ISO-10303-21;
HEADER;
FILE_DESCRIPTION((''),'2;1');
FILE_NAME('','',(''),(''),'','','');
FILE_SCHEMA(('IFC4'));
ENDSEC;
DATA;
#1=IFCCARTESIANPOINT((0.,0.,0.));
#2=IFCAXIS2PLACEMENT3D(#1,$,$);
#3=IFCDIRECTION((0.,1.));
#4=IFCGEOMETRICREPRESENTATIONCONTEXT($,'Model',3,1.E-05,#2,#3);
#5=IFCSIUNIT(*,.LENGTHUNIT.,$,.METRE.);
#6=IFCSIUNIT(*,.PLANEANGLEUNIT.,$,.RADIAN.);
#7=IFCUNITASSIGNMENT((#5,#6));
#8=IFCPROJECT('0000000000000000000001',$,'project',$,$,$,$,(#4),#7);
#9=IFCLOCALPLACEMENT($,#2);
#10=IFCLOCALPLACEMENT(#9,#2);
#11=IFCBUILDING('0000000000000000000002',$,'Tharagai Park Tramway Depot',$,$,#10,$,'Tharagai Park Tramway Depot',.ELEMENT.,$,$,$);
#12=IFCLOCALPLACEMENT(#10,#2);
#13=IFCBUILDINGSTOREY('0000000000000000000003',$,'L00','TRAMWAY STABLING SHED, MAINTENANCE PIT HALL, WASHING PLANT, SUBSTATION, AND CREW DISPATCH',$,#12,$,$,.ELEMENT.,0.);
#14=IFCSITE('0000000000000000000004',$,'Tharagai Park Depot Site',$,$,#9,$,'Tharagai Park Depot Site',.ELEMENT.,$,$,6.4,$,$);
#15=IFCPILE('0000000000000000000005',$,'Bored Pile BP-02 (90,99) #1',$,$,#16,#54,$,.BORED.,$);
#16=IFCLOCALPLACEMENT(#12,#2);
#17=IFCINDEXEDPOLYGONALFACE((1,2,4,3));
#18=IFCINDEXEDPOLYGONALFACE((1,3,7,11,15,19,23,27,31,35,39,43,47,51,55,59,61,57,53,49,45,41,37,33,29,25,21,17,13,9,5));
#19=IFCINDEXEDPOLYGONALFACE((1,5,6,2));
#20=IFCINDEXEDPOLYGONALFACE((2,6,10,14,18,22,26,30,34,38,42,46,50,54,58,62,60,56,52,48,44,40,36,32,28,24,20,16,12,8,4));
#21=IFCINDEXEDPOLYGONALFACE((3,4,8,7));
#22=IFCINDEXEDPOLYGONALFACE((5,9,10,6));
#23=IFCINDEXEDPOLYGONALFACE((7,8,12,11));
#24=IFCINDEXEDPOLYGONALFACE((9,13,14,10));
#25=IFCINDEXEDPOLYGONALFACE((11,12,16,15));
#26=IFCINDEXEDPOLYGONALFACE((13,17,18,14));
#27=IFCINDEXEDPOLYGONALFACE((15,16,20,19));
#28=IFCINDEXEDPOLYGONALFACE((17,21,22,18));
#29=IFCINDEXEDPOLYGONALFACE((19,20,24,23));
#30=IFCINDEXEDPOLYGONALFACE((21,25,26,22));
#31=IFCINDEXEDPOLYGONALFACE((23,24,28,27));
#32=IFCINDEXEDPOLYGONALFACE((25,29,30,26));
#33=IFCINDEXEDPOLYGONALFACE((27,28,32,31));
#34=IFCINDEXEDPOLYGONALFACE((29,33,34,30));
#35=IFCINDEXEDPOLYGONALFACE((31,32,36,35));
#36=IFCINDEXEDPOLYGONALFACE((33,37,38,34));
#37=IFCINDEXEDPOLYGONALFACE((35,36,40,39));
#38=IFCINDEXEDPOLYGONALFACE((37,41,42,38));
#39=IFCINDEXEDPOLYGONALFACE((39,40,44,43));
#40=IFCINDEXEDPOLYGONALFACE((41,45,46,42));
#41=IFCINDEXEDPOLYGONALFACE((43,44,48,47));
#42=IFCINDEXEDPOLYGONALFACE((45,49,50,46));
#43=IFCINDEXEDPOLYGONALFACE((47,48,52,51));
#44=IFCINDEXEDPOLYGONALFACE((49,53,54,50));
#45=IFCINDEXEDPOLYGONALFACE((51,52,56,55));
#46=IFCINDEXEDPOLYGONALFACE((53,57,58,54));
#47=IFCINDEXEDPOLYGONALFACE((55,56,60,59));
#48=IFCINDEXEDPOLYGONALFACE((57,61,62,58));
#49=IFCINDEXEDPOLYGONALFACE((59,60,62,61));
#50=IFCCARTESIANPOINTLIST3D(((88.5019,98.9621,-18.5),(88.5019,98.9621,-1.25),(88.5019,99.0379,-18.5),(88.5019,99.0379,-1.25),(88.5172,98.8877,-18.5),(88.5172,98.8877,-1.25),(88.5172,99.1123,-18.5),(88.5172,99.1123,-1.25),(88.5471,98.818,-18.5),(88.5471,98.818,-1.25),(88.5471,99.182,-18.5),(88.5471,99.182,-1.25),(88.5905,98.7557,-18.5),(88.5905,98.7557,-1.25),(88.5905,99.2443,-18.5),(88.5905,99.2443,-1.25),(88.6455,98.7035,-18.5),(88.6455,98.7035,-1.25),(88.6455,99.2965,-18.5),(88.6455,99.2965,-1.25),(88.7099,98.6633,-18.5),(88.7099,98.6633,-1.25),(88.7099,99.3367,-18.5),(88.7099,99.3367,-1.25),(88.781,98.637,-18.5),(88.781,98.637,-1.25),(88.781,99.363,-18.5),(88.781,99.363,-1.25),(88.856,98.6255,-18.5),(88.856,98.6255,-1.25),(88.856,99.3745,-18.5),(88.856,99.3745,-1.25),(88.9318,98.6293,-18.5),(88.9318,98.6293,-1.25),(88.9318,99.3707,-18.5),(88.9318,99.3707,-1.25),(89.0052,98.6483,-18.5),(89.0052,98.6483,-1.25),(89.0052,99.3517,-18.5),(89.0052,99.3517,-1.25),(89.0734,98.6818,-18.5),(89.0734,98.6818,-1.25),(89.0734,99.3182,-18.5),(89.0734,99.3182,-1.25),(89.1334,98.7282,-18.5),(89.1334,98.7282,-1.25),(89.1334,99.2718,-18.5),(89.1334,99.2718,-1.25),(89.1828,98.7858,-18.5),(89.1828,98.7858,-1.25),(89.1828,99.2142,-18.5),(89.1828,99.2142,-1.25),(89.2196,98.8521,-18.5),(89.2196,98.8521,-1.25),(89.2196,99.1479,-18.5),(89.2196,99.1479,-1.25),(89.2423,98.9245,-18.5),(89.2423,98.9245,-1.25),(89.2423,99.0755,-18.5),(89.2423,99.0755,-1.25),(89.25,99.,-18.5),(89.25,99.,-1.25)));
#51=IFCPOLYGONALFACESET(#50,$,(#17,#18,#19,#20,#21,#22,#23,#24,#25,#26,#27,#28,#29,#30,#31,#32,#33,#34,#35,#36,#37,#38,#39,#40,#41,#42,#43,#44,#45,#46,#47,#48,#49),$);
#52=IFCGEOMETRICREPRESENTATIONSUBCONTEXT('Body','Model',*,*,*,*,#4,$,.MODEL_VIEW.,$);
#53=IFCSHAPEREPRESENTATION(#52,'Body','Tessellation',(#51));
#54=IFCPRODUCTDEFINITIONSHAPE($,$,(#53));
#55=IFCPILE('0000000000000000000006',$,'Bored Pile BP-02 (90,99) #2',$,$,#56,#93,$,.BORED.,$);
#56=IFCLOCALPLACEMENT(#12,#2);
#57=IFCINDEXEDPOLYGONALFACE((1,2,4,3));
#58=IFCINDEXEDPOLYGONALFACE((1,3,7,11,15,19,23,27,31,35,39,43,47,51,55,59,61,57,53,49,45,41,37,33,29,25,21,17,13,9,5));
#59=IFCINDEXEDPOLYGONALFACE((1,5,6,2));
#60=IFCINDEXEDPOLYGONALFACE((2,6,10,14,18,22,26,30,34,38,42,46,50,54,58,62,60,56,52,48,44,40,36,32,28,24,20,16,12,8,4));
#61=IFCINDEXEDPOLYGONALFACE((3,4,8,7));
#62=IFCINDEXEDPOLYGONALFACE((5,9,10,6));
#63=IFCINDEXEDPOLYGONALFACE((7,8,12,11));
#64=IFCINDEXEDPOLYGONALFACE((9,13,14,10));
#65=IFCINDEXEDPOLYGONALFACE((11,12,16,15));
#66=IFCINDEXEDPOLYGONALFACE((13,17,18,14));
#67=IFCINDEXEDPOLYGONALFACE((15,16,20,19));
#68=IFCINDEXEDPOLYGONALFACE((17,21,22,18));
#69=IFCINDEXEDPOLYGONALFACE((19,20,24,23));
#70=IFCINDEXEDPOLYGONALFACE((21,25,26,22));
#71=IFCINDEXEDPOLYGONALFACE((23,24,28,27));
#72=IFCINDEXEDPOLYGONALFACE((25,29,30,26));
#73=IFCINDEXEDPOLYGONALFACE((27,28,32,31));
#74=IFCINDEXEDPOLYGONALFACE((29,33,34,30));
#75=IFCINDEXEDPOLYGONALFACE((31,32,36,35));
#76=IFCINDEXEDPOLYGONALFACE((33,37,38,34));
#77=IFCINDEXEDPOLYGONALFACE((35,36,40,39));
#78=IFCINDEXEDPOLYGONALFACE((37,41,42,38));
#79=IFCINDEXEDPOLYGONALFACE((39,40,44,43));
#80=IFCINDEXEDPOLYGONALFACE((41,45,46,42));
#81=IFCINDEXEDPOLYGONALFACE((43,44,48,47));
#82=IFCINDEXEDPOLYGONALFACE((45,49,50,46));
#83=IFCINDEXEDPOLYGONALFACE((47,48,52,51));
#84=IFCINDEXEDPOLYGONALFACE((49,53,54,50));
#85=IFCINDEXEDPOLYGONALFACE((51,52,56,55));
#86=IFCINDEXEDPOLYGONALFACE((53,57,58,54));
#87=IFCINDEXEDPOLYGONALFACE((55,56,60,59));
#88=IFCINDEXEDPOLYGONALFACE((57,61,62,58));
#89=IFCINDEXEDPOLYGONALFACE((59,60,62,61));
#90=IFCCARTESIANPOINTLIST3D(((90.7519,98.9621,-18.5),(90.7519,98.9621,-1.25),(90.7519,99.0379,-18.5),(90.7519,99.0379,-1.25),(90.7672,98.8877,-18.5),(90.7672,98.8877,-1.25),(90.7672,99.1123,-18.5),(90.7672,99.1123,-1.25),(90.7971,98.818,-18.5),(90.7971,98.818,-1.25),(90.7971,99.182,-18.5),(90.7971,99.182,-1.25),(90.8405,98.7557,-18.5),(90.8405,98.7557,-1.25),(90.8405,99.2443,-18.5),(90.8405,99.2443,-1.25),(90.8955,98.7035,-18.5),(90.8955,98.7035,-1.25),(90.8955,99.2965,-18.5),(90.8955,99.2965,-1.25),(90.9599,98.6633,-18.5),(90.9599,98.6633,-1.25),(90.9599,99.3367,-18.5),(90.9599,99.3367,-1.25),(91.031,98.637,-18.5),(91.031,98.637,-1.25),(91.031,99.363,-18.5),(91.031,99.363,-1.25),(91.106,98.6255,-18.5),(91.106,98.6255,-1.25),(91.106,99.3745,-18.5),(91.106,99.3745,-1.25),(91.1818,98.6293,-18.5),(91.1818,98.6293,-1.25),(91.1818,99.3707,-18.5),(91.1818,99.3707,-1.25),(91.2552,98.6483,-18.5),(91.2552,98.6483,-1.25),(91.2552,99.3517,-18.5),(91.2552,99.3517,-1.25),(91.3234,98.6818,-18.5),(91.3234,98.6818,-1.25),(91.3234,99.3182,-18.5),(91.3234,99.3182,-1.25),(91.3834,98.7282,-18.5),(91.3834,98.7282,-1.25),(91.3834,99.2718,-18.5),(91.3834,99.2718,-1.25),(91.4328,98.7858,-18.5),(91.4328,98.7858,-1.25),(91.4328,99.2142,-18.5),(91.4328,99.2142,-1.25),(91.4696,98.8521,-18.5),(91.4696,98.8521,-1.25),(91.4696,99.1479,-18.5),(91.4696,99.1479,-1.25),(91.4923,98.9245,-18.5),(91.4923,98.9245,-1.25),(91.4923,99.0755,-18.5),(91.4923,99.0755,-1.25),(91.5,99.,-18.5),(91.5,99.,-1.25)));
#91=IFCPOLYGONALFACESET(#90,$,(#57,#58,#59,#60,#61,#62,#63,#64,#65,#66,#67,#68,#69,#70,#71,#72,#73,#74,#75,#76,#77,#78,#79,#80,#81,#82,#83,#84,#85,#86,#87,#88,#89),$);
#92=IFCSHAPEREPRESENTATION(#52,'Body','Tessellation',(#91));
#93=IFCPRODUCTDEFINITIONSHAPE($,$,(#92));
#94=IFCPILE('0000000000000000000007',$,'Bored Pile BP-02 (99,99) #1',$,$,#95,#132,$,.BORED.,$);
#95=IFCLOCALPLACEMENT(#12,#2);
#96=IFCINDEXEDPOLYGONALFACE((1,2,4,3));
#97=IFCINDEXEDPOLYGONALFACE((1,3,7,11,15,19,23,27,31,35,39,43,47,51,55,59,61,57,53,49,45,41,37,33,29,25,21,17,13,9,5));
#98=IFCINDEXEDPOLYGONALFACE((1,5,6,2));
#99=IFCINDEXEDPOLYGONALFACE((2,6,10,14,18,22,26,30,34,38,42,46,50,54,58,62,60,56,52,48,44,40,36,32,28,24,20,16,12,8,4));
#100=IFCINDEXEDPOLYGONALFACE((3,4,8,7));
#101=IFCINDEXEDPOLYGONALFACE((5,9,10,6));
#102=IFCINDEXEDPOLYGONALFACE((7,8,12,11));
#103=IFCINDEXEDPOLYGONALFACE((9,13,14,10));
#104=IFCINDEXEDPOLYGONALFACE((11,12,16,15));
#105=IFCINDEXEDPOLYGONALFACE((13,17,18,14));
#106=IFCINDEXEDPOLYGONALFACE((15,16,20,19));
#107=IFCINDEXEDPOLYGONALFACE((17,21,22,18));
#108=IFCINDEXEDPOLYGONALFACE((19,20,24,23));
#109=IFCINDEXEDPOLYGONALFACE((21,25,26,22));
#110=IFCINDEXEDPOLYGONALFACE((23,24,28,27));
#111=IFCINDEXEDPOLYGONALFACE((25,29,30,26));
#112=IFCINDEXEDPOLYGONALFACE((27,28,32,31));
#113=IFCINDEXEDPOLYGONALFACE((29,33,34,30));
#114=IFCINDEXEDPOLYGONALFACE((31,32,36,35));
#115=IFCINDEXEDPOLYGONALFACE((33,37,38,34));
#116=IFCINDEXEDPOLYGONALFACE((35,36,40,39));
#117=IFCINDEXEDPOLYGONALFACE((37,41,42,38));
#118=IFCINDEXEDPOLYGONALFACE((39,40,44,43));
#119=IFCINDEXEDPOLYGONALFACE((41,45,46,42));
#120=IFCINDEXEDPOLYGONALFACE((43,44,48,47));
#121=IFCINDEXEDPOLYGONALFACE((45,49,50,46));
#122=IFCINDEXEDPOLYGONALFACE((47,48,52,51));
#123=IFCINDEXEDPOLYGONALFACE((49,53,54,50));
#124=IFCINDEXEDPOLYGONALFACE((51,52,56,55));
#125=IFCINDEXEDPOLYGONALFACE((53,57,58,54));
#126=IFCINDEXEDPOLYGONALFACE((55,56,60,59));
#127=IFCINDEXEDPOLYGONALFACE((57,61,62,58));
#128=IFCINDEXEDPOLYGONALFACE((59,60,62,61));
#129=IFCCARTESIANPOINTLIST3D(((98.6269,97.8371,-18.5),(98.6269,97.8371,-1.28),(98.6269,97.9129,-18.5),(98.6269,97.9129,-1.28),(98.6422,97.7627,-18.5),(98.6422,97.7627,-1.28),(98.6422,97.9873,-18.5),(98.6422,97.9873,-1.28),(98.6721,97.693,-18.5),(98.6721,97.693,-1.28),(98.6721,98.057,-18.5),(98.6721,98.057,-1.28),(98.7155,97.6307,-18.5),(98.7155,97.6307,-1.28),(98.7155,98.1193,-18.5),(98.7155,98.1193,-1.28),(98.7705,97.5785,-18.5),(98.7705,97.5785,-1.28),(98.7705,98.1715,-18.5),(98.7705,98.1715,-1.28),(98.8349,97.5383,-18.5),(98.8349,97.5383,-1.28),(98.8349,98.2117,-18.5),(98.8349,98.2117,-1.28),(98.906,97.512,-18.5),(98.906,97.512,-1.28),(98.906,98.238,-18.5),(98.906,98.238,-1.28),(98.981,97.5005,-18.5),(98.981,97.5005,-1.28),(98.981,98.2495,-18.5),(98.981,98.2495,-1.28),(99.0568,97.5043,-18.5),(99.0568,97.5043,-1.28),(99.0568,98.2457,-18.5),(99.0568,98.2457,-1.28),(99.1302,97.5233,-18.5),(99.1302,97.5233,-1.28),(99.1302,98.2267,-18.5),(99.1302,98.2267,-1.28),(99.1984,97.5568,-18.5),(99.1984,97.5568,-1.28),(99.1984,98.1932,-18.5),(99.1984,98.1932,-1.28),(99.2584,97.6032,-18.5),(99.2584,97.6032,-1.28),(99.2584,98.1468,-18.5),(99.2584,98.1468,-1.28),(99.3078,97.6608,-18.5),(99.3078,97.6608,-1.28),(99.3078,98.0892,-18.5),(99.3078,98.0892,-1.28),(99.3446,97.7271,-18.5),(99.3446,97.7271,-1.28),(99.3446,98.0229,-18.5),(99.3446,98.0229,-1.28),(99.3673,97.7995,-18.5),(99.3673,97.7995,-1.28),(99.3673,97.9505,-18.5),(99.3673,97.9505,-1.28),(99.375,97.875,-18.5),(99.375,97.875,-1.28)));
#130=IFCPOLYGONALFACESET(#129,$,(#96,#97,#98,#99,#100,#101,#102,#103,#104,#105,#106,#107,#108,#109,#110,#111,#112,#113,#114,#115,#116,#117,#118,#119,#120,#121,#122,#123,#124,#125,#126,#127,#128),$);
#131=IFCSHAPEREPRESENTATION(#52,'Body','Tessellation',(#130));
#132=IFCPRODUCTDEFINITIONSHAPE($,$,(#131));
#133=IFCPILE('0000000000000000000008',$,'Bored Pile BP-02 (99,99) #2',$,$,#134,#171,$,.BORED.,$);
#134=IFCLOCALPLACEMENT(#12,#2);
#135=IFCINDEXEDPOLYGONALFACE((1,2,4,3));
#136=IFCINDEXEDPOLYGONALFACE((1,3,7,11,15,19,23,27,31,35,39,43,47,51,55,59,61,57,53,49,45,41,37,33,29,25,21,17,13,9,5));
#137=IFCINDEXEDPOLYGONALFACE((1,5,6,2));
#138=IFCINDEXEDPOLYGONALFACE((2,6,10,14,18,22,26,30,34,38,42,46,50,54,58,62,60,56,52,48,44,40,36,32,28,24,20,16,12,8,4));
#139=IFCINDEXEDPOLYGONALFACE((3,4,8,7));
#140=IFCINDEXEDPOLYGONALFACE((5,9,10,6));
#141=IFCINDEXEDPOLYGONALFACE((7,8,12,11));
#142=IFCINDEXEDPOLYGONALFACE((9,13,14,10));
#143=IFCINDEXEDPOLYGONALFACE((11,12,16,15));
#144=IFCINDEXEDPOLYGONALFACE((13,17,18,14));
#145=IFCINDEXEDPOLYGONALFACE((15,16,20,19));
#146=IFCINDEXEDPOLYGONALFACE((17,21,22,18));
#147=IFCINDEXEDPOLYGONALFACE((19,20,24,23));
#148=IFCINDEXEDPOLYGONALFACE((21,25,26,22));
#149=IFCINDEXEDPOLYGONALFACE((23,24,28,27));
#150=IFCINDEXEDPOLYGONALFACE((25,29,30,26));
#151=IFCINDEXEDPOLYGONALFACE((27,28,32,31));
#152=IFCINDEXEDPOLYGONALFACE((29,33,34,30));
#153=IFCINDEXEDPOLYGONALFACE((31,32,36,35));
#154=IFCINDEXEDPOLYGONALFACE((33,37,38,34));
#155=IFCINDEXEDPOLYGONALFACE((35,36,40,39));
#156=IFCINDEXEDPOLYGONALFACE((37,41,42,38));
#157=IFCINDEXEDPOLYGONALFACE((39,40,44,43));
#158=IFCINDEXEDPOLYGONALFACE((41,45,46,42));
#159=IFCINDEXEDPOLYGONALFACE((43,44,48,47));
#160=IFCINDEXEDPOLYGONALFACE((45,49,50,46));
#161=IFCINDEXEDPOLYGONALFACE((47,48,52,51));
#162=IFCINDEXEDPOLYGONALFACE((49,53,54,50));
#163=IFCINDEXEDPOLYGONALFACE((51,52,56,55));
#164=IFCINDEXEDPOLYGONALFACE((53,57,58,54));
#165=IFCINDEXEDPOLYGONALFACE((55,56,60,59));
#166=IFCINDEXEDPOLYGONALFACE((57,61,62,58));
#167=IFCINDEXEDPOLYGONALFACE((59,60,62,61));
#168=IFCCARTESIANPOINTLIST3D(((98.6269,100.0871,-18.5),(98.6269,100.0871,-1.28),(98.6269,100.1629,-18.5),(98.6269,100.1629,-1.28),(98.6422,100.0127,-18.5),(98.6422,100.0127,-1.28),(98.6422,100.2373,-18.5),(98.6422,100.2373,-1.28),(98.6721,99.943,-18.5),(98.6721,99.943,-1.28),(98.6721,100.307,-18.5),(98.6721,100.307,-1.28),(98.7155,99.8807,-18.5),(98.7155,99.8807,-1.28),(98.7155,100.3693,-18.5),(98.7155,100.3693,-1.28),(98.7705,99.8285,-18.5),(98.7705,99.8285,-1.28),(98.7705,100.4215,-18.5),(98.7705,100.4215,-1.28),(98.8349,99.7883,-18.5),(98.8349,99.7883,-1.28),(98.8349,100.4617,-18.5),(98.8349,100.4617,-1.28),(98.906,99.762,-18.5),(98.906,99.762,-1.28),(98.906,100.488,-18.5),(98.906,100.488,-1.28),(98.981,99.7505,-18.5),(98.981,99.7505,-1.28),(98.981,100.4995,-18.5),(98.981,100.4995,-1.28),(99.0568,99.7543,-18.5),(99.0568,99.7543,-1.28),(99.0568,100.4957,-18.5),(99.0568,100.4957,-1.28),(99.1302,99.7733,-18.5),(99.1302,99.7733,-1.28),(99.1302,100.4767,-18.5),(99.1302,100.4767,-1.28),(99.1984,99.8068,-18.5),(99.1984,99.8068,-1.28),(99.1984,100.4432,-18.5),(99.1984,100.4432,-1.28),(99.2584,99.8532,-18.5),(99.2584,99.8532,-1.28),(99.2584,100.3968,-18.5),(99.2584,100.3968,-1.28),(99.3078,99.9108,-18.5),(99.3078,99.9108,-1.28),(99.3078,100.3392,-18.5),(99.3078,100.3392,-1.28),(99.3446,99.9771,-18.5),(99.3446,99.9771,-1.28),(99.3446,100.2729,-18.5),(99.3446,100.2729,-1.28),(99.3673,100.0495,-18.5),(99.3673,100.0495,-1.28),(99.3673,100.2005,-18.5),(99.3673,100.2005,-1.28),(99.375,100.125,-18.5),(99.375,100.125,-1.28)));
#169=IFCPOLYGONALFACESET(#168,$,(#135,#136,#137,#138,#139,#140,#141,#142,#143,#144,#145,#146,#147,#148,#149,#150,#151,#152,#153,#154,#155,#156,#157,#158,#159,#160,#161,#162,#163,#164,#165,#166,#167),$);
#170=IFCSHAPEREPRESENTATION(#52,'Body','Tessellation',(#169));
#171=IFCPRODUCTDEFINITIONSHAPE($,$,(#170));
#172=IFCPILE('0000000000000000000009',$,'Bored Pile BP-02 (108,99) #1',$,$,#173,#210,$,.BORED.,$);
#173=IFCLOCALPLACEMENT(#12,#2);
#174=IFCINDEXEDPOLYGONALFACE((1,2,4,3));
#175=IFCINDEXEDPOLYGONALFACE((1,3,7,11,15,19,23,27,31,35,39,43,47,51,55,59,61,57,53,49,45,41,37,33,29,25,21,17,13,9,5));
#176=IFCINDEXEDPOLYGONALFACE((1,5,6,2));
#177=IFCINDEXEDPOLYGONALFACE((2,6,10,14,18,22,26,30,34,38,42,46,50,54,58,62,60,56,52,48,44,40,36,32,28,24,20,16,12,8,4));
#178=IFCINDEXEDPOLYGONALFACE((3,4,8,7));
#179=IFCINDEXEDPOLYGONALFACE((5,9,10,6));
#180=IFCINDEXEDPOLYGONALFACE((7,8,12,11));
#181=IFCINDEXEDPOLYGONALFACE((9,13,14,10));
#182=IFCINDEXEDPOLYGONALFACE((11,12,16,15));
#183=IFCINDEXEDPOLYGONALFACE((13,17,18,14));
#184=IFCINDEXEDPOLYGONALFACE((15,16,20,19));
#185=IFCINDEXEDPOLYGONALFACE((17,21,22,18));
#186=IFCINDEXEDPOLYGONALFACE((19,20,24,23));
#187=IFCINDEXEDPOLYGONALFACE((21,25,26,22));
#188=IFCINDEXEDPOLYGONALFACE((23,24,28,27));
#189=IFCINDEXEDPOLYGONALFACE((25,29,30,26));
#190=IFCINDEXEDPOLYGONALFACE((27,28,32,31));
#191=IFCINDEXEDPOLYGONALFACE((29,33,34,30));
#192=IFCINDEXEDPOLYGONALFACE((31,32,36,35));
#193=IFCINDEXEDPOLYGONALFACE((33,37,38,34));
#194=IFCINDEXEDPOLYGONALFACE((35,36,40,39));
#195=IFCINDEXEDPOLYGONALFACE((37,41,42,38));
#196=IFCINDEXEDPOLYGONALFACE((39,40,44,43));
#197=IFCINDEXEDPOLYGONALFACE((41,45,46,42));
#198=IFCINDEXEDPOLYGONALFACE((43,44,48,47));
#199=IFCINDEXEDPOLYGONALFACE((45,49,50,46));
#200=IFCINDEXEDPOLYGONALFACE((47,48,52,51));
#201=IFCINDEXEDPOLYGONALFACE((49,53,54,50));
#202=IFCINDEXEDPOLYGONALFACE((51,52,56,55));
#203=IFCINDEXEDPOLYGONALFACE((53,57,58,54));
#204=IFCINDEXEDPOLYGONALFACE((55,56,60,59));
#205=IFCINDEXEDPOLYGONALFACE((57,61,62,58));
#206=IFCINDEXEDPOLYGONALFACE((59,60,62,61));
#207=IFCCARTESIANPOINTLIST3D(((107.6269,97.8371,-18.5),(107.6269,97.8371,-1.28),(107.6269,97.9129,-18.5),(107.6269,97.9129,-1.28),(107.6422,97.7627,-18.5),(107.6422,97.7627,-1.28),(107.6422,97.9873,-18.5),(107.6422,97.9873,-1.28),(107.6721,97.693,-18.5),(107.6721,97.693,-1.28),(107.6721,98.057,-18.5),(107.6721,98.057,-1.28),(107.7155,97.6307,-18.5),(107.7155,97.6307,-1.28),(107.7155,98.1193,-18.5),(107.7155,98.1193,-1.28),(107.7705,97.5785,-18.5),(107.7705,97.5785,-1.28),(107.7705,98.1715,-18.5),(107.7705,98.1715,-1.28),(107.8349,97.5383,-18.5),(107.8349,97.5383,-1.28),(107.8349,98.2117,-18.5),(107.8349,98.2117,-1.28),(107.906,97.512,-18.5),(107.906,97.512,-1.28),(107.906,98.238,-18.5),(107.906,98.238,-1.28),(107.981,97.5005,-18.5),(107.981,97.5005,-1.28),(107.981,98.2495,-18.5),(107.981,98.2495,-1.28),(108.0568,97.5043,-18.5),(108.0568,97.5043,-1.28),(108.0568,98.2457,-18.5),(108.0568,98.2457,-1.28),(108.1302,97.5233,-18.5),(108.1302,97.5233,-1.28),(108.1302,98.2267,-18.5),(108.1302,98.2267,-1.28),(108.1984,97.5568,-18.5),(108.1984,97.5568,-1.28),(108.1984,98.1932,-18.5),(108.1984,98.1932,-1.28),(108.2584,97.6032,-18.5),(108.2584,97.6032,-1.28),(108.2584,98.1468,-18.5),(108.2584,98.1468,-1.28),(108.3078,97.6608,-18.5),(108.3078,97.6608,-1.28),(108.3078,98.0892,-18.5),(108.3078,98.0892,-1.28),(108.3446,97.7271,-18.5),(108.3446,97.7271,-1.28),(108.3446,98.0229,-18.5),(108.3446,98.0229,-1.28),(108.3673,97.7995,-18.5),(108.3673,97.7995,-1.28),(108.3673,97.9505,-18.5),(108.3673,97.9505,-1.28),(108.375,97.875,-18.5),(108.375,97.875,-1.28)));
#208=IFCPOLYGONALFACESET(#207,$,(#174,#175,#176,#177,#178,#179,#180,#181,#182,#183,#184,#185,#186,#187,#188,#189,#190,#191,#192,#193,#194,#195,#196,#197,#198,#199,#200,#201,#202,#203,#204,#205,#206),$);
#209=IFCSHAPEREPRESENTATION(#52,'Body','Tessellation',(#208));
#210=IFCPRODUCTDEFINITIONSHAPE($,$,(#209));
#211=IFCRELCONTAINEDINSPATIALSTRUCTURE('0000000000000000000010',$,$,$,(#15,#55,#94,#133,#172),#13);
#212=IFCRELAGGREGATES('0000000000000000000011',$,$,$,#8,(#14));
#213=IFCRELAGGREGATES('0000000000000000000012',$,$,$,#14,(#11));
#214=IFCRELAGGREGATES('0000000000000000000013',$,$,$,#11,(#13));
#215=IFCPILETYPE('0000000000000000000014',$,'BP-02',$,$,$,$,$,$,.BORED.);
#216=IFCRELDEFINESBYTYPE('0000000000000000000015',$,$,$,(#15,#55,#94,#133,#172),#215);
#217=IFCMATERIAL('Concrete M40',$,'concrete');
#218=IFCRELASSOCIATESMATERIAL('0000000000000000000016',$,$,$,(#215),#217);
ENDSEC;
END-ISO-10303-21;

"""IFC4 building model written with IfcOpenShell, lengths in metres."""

from ifc_helpers import new_model, si_unit, direction, frame, origin, origin_2d, place, context, subcontext, project, spatial, circle, extrude, material, material_profile, profile_set, type_object, element, save


model = new_model("IFC4")

# Units and contexts
model_context = context("Model", 3, precision=1e-05, world=origin(), true_north=direction((0.0, 1.0)))
body_context = subcontext(model_context, "Body", "Model", "MODEL_VIEW")
ifc_project = project(units=[si_unit("LENGTHUNIT", "METRE"), si_unit("PLANEANGLEUNIT", "RADIAN")], contexts=[model_context])

# Site, building, storey
site_placement = place(None, origin())
site = spatial("IfcSite", under=ifc_project, at=site_placement, Name="Tharagai Park Depot Site", LongName="Tharagai Park Depot Site", CompositionType="ELEMENT", RefElevation=6.4)
building_placement = place(site_placement, origin())
building = spatial("IfcBuilding", under=site, at=building_placement, Name="Tharagai Park Tramway Depot", LongName="Tharagai Park Tramway Depot", CompositionType="ELEMENT")
storey_placement = place(building_placement, origin())
storey = spatial("IfcBuildingStorey", under=building, at=storey_placement, Name="L00", Description="TRAMWAY STABLING SHED, MAINTENANCE PIT HALL, WASHING PLANT, SUBSTATION, AND CREW DISPATCH", CompositionType="ELEMENT", Elevation=0.0)

# Piles
ifc_material_1 = material(Name="Concrete M40", Category="concrete")
ifc_material_profile_1 = material_profile(ifc_material_1, circle(Radius=0.375, at=origin_2d()), Name="PILE D750")
ifc_profile_set_1 = profile_set([ifc_material_profile_1], Name="Concrete M40")
pile_type_1 = type_object("IfcPileType", Name="BP-02", PredefinedType="BORED", material=ifc_profile_set_1)
for number, where, z_axis, x_axis, name in (
    (1, (88.875, 99.0, -1.25), (0.0, 0.0, -1.0), (1.0, 0.0, 0.0), "Bored Pile BP-02 (90,99) #1"),
    (2, (91.125, 99.0, -1.25), (0.0, 0.0, -1.0), (1.0, 0.0, 0.0), "Bored Pile BP-02 (90,99) #2"),
):
    element("IfcPile", number, at=place(storey_placement, frame(where, z_axis=z_axis, x_axis=x_axis)), inside=storey, type_object=pile_type_1, Name=name, PredefinedType="BORED", context=body_context, shape_type="SweptSolid", body=[
        extrude(circle(Radius=0.375, at=origin_2d()), origin(), (0.0, 0.0, 1.0), 17.25),
    ])
for number, where, z_axis, x_axis, name in (
    (3, (99.0, 97.875, -1.28), (0.0, 0.0, -1.0), (1.0, 0.0, 0.0), "Bored Pile BP-02 (99,99) #1"),
    (4, (99.0, 100.125, -1.28), (0.0, 0.0, -1.0), (1.0, 0.0, 0.0), "Bored Pile BP-02 (99,99) #2"),
    (5, (108.0, 97.875, -1.28), (0.0, 0.0, -1.0), (1.0, 0.0, 0.0), "Bored Pile BP-02 (108,99) #1"),
):
    element("IfcPile", number, at=place(storey_placement, frame(where, z_axis=z_axis, x_axis=x_axis)), inside=storey, type_object=pile_type_1, Name=name, PredefinedType="BORED", context=body_context, shape_type="SweptSolid", body=[
        extrude(circle(Radius=0.375, at=origin_2d()), origin(), (0.0, 0.0, 1.0), 17.22),
    ])

save(model, "model.ifc")
